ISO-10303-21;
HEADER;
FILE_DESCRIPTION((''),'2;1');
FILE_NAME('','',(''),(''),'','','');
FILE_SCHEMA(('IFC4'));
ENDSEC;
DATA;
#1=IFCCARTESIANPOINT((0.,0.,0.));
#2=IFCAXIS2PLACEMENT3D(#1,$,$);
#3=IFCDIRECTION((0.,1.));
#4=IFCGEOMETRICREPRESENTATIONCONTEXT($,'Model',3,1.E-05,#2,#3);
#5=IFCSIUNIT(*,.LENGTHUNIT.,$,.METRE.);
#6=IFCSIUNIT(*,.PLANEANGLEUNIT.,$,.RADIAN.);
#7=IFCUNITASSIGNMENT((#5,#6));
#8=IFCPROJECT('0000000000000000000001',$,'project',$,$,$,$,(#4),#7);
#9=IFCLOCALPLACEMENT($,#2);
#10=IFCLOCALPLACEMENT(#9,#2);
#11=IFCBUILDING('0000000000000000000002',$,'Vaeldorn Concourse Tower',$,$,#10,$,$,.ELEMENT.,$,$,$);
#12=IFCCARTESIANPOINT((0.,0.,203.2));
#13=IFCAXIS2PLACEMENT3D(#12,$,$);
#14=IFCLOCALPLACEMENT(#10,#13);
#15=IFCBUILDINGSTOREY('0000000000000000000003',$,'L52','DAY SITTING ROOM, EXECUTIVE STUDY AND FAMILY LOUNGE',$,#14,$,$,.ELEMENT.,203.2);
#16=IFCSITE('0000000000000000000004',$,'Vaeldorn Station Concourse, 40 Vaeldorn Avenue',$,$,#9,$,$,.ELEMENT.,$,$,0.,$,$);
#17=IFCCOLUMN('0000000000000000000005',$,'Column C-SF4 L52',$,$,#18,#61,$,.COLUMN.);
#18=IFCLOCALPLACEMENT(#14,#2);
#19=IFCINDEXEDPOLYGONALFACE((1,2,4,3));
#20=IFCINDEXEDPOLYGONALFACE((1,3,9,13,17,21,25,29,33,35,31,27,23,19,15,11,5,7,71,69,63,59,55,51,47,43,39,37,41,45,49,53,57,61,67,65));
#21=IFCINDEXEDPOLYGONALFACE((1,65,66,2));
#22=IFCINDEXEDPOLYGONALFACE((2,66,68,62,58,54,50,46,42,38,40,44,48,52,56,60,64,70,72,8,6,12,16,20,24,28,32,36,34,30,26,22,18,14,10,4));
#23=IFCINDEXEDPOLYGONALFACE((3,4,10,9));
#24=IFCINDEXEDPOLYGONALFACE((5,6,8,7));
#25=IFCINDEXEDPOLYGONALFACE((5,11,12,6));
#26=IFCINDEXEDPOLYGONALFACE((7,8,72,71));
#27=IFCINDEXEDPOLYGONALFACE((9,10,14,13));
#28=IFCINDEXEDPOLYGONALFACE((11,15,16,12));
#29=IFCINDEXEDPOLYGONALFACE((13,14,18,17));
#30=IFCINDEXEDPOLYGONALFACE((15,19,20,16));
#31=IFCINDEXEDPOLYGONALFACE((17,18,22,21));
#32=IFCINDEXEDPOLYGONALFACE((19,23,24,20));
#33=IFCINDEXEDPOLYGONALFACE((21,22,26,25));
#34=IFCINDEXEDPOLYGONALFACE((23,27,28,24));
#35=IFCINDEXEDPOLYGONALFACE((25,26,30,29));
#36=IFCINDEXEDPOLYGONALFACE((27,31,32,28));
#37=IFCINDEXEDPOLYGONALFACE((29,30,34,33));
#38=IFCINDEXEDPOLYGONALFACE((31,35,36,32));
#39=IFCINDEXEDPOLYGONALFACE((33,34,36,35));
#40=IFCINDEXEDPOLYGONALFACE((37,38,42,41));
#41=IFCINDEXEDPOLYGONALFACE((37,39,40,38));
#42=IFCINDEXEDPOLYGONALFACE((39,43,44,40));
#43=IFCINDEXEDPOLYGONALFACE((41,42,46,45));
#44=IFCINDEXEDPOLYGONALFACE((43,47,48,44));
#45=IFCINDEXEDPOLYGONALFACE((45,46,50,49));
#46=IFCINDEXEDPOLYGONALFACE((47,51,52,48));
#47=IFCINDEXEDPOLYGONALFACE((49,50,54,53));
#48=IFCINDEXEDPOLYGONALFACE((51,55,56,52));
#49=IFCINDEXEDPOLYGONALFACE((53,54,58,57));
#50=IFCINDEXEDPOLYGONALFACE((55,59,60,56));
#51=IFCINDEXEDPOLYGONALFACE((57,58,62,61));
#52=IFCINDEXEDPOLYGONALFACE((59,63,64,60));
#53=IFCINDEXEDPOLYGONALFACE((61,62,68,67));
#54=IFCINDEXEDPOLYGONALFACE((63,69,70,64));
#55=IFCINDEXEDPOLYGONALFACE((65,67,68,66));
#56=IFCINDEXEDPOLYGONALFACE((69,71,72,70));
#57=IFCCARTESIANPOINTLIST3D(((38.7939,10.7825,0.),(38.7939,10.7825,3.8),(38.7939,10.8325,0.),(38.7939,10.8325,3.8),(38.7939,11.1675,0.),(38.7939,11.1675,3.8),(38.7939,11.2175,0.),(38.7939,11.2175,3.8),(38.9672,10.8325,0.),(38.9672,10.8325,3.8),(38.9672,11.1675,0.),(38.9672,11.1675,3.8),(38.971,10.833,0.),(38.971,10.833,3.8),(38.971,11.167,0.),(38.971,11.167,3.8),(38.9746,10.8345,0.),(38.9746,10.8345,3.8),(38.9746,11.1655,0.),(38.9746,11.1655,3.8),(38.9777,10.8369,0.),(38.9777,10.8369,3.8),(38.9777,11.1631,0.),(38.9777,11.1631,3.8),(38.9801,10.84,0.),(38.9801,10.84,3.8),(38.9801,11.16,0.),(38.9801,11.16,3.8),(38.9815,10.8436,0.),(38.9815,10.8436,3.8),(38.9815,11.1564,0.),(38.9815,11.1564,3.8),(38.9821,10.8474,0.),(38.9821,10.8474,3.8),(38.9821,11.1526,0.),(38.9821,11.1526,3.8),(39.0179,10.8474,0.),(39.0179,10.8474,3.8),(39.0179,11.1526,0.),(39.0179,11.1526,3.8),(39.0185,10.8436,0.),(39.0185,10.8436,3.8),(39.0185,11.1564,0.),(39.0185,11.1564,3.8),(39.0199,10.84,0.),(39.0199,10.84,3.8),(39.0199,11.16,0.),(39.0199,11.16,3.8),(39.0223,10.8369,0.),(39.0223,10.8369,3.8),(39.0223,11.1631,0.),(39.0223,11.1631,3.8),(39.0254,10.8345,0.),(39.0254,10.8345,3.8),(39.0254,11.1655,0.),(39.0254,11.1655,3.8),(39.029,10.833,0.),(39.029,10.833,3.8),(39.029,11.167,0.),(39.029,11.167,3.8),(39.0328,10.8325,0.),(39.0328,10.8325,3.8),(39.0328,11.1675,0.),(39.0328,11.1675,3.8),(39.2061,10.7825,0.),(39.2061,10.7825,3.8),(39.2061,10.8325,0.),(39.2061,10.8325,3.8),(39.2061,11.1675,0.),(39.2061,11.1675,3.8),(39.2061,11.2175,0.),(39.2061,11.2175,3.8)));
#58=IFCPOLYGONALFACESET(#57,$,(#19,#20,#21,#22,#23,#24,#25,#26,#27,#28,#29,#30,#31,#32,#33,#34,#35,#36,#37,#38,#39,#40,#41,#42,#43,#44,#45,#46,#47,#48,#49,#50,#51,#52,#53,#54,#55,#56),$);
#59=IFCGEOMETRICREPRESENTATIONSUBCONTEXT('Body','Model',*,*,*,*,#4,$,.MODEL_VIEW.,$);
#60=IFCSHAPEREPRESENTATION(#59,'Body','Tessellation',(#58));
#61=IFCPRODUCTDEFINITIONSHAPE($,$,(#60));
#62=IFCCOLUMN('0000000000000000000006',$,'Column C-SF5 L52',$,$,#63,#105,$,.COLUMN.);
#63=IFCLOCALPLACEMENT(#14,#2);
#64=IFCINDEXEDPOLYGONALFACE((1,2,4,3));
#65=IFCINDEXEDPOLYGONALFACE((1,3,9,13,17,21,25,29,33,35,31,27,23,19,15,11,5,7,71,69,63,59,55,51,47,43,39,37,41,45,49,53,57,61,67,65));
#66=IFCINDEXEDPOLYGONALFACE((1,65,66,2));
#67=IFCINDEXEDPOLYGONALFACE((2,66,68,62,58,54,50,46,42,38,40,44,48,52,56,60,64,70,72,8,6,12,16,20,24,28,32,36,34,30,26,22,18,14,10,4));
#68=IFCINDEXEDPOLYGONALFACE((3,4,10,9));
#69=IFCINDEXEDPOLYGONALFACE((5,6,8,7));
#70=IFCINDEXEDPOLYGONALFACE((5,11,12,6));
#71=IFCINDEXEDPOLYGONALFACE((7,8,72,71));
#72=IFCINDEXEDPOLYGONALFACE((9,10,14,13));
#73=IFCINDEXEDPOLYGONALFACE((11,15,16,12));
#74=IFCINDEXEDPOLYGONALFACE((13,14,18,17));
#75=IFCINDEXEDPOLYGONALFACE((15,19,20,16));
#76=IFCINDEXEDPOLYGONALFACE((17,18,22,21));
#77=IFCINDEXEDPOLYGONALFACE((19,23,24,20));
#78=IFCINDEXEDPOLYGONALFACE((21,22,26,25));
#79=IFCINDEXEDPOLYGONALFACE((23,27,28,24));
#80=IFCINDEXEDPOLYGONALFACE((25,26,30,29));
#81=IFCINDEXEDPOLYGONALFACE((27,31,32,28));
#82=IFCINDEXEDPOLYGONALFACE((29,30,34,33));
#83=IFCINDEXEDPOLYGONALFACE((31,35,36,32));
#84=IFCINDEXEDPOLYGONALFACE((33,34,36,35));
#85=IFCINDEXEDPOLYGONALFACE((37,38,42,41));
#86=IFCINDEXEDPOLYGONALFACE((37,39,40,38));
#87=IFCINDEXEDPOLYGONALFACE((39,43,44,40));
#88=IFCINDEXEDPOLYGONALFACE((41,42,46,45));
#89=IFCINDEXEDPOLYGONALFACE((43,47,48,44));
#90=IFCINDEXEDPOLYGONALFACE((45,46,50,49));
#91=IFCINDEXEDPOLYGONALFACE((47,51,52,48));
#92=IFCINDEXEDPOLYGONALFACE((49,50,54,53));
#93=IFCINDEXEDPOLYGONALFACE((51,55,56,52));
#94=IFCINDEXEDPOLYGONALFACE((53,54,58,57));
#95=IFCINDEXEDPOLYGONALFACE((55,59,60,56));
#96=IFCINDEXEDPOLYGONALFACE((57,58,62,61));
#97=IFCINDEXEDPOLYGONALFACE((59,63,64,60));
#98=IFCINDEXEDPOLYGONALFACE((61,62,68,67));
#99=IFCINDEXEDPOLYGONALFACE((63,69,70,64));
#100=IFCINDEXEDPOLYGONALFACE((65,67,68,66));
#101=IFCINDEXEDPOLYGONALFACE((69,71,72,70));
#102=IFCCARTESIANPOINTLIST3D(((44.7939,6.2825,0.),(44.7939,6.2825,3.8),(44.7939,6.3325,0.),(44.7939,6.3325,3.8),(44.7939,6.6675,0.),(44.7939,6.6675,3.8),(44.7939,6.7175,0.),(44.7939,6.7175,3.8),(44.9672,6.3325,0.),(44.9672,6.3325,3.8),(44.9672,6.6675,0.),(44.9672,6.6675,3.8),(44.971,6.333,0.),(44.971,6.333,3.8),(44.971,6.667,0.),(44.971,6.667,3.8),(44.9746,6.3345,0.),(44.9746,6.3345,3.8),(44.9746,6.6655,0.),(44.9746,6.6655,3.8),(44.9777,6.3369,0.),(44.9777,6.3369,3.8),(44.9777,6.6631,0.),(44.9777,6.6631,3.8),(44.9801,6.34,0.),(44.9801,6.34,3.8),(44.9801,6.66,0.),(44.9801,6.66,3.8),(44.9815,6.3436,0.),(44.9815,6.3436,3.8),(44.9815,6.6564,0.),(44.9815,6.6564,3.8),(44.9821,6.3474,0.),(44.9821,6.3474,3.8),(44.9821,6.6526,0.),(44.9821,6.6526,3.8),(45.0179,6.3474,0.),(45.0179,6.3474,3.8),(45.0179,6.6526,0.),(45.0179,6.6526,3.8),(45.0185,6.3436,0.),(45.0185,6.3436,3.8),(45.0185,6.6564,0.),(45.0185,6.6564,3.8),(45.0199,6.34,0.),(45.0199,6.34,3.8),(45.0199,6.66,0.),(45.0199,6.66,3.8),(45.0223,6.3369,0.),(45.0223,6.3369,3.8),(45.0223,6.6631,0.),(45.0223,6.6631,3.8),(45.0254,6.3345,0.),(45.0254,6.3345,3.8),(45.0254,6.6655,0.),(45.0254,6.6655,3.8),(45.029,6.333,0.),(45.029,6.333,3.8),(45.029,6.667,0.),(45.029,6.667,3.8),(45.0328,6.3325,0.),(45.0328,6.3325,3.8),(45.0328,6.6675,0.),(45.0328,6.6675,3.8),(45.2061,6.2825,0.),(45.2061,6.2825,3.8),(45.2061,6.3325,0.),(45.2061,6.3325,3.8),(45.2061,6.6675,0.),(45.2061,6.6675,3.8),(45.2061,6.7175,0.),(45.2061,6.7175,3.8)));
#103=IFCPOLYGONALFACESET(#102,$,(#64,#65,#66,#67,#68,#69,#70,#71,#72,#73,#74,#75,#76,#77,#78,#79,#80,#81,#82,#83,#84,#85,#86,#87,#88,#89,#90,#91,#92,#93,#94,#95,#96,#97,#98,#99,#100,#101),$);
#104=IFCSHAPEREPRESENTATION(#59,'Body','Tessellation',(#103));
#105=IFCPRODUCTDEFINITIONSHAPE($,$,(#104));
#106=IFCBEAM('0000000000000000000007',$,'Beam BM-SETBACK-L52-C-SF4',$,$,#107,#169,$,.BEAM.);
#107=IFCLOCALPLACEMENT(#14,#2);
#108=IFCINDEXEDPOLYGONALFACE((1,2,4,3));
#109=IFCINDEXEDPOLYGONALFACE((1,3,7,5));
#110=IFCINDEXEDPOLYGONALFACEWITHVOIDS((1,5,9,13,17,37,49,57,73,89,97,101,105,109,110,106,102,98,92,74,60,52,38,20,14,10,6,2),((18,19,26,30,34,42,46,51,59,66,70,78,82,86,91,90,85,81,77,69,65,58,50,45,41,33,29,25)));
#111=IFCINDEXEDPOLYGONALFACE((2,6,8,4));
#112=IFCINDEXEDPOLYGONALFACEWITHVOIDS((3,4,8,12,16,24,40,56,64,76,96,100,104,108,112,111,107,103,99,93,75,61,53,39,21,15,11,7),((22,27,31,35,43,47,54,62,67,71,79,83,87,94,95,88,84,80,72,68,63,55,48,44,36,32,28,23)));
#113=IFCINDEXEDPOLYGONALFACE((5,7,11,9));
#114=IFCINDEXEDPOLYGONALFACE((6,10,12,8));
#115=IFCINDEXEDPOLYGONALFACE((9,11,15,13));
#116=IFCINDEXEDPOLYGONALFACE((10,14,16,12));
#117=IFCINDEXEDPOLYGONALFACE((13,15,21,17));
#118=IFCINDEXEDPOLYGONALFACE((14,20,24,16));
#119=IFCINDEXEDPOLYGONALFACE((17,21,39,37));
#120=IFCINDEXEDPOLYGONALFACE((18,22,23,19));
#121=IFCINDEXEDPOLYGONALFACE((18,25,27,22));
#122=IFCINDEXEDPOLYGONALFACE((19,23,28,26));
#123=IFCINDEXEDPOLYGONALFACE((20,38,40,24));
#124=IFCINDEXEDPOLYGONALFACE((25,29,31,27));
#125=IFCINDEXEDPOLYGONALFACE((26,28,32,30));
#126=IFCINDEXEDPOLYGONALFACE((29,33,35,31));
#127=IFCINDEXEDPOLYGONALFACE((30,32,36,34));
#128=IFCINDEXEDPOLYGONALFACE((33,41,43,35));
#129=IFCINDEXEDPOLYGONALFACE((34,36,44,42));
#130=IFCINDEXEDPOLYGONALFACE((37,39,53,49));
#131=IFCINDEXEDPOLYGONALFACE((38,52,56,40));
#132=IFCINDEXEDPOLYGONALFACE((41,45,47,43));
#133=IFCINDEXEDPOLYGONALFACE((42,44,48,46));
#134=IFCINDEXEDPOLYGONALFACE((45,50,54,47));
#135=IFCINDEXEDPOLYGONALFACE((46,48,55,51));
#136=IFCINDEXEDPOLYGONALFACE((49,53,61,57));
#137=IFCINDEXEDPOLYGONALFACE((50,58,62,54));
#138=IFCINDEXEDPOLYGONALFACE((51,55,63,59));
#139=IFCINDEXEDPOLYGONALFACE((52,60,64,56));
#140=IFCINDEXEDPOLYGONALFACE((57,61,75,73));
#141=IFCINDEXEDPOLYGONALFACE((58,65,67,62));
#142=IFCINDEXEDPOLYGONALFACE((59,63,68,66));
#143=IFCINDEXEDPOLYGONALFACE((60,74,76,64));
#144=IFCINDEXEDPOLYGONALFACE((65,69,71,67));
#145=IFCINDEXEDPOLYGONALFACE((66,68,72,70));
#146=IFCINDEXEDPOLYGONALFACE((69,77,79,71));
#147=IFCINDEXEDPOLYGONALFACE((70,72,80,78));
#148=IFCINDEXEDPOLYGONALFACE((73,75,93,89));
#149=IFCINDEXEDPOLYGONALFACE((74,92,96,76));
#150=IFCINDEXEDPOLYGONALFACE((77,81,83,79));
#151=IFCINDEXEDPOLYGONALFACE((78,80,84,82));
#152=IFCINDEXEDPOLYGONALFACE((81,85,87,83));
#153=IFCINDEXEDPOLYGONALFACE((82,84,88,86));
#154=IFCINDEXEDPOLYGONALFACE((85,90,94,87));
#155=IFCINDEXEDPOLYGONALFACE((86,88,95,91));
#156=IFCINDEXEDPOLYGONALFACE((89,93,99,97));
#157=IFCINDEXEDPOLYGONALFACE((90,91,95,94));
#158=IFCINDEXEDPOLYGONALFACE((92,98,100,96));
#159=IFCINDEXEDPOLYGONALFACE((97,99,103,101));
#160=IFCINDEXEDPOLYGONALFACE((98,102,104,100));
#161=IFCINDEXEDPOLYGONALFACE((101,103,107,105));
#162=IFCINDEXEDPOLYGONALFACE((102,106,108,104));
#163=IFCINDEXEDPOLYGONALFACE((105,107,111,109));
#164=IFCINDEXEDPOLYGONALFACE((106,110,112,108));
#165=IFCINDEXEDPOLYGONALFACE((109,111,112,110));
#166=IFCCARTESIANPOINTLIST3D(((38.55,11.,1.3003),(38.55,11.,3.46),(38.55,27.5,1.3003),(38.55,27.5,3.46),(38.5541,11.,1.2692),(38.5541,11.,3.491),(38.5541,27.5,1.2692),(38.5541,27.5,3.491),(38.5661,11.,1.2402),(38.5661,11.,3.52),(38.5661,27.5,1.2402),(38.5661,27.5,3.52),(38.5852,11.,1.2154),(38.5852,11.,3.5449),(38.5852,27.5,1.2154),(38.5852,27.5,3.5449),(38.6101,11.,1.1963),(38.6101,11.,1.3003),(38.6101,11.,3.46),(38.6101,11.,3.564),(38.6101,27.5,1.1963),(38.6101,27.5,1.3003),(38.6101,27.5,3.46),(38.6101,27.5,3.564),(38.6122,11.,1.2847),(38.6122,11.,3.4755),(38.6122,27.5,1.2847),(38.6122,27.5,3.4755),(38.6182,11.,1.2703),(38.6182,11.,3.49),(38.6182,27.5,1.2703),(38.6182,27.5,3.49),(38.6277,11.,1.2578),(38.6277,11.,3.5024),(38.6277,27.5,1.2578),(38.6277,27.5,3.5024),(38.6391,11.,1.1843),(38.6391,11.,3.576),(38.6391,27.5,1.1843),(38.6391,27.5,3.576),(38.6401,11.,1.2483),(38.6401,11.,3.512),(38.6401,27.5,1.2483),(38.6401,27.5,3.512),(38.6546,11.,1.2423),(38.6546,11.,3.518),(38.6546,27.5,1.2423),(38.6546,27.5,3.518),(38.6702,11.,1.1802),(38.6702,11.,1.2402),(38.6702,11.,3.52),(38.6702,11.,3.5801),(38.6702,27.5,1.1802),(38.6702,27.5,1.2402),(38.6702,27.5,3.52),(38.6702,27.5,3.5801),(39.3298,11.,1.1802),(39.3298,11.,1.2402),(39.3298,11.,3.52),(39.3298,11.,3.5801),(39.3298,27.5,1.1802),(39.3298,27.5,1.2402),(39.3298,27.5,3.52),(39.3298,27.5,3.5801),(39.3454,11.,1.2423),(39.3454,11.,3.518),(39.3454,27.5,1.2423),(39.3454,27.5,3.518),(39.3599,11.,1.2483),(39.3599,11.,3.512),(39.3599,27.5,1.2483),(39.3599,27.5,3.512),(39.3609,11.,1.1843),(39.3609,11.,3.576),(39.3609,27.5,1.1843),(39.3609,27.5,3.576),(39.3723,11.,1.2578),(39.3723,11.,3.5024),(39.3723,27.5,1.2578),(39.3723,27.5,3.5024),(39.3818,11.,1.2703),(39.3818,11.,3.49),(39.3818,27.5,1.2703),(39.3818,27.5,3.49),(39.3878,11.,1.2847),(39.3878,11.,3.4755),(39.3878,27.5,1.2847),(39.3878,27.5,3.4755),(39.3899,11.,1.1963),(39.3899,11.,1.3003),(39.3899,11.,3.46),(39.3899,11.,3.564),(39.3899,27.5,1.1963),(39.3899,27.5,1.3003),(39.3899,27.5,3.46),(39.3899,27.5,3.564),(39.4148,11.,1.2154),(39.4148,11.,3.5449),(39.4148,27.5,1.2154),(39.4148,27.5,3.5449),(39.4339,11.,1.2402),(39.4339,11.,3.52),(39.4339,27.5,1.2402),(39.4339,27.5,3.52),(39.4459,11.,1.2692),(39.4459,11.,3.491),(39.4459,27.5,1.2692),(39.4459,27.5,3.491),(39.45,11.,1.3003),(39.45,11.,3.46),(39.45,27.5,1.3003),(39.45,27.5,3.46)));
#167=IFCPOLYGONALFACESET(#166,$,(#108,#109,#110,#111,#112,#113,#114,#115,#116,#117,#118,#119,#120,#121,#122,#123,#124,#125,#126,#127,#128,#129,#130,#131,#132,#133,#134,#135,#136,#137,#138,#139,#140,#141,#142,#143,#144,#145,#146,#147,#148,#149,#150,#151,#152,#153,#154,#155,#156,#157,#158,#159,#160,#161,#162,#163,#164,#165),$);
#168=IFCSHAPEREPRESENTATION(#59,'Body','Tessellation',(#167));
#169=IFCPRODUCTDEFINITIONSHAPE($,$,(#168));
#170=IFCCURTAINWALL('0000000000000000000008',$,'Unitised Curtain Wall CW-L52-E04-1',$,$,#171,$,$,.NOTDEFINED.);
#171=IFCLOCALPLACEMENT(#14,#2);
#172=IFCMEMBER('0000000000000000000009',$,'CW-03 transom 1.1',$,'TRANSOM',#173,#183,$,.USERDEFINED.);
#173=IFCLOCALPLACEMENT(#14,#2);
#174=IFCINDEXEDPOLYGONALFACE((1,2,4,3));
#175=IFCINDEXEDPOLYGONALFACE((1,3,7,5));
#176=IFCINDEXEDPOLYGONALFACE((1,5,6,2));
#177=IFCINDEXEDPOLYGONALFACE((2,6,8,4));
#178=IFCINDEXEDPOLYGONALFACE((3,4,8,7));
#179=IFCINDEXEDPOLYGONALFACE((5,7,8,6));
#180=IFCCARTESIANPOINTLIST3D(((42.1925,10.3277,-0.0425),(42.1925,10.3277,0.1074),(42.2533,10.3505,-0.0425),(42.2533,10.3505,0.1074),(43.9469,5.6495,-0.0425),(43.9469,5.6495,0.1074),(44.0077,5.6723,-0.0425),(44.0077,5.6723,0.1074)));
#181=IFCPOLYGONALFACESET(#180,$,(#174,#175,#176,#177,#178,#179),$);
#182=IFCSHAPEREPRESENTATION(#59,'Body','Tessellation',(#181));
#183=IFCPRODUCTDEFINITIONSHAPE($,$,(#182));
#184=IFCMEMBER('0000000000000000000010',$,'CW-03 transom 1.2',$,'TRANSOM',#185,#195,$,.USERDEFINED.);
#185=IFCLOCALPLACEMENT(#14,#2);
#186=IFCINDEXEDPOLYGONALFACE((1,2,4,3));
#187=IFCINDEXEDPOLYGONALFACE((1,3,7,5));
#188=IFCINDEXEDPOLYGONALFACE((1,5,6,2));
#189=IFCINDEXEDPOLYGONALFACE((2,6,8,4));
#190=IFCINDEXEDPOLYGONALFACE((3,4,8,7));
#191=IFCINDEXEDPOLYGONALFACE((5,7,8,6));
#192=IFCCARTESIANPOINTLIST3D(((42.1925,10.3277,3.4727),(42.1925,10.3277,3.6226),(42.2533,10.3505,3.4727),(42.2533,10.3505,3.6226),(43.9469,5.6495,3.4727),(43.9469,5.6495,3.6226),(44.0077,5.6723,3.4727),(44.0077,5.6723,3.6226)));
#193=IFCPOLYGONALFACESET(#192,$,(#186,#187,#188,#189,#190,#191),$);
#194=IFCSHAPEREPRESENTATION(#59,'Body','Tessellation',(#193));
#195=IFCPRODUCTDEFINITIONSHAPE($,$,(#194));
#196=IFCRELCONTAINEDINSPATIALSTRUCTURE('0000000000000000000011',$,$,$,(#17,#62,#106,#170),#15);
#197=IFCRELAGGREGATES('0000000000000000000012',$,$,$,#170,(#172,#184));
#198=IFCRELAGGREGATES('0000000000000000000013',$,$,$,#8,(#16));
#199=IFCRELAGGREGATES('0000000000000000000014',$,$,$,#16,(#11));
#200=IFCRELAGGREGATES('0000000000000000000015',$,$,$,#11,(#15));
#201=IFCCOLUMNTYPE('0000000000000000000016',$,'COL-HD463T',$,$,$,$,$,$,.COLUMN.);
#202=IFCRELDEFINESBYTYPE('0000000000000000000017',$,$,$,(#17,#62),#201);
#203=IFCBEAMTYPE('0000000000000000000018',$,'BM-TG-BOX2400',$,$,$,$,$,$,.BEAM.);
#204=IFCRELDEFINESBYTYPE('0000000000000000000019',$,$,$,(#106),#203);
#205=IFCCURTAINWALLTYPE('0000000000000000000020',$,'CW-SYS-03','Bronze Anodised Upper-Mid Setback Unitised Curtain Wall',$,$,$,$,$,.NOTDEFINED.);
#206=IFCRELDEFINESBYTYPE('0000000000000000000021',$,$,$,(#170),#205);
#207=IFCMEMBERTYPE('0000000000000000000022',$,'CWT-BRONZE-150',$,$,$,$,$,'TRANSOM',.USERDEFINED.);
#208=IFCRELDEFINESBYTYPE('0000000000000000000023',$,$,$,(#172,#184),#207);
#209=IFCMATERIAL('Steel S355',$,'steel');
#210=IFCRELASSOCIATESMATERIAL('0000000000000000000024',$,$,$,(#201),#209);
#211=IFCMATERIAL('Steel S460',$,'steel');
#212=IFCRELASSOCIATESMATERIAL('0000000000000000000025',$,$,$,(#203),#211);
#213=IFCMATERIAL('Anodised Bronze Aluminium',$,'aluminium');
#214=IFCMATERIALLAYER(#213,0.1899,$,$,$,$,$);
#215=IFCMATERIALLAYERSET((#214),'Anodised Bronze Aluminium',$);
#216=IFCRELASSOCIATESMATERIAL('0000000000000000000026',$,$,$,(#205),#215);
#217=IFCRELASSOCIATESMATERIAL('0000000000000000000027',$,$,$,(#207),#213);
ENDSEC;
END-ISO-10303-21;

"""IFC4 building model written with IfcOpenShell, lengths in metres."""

from ifc_helpers import new_model, si_unit, direction, frame, origin, origin_2d, place, context, subcontext, project, spatial, rectangle, hollow_rectangle, i_section, extrude, source, transform, mapped, material, layer, layer_set, material_profile, profile_set, type_object, element, aggregate, save


model = new_model("IFC4")

# Units and contexts
model_context = context("Model", 3, precision=1e-05, world=origin(), true_north=direction((0.0, 1.0)))
body_context = subcontext(model_context, "Body", "Model", "MODEL_VIEW")
ifc_project = project(units=[si_unit("LENGTHUNIT", "METRE"), si_unit("PLANEANGLEUNIT", "RADIAN")], contexts=[model_context])

# Site, building, storey
site_placement = place(None, origin())
site = spatial("IfcSite", under=ifc_project, at=site_placement, Name="Vaeldorn Station Concourse, 40 Vaeldorn Avenue", CompositionType="ELEMENT", RefElevation=0.0)
building_placement = place(site_placement, origin())
building = spatial("IfcBuilding", under=site, at=building_placement, Name="Vaeldorn Concourse Tower", CompositionType="ELEMENT")
storey_placement = place(building_placement, frame((0.0, 0.0, 203.2)))
storey = spatial("IfcBuildingStorey", under=building, at=storey_placement, Name="L52", Description="DAY SITTING ROOM, EXECUTIVE STUDY AND FAMILY LOUNGE", CompositionType="ELEMENT", Elevation=203.2)

# Columns
ifc_material_1 = material(Name="Steel S355", Category="steel")
ifc_material_profile_1 = material_profile(ifc_material_1, i_section(OverallWidth=0.4121, OverallDepth=0.4351, WebThickness=0.0359, FlangeThickness=0.05, FilletRadius=0.0149, at=origin_2d()), Name="HD 400x463")
ifc_profile_set_1 = profile_set([ifc_material_profile_1], Name="Steel S355")
column_type = type_object("IfcColumnType", Name="COL-HD463T", PredefinedType="COLUMN", material=ifc_profile_set_1)
shared_shape_1 = source(origin(), body_context, "Body", "SweptSolid", [
    extrude(i_section(OverallWidth=0.4121, OverallDepth=0.4351, WebThickness=0.0359, FlangeThickness=0.05, FilletRadius=0.0149, at=origin_2d()), origin(), (0.0, 0.0, 1.0), 3.8),
])
for number, where, z_axis, x_axis, name in (
    (1, (39.0, 11.0, 0.0), (0.0, 0.0, 1.0), (1.0, 0.0, 0.0), "Column C-SF4 L52"),
    (2, (45.0, 6.5, 0.0), (0.0, 0.0, 1.0), (1.0, 0.0, 0.0), "Column C-SF5 L52"),
):
    element("IfcColumn", number, at=place(storey_placement, frame(where, z_axis=z_axis, x_axis=x_axis)), inside=storey, type_object=column_type, Name=name, PredefinedType="COLUMN", context=body_context, shape_type="MappedRepresentation", body=[
        mapped(shared_shape_1, transform((0.0, 0.0, 0.0), scale=1.0)),
    ])

# Beam
ifc_material_2 = material(Name="Steel S460", Category="steel")
ifc_material_profile_2 = material_profile(ifc_material_2, hollow_rectangle(XDim=0.8999, YDim=2.3999, WallThickness=0.0601, InnerFilletRadius=0.0601, OuterFilletRadius=0.1201, at=origin_2d()), Name="RHS 2400x900x60")
ifc_profile_set_2 = profile_set([ifc_material_profile_2], Name="Steel S460")
beam_type = type_object("IfcBeamType", Name="BM-TG-BOX2400", PredefinedType="BEAM", material=ifc_profile_set_2)
shared_shape_2 = source(origin(), body_context, "Body", "SweptSolid", [
    extrude(hollow_rectangle(XDim=0.8999, YDim=2.3999, WallThickness=0.0601, InnerFilletRadius=0.0601, OuterFilletRadius=0.1201, at=origin_2d()), origin(), (0.0, 0.0, 1.0), 16.5),
])
beam_placement = place(storey_placement, frame((39.0, 11.0, 2.3801), z_axis=(0.0, 1.0, 0.0), x_axis=(-1.0, 0.0, 0.0)))
element("IfcBeam", 3, at=beam_placement, inside=storey, type_object=beam_type, Name="Beam BM-SETBACK-L52-C-SF4", PredefinedType="BEAM", context=body_context, shape_type="MappedRepresentation", body=[
    mapped(shared_shape_2, transform((0.0, 0.0, 0.0), scale=1.0)),
])

# Curtain wall, members
ifc_material_3 = material(Name="Anodised Bronze Aluminium", Category="aluminium")
ifc_layer_1 = layer(ifc_material_3, 0.1899)
ifc_layer_set_1 = layer_set([ifc_layer_1], Name="Anodised Bronze Aluminium")
curtain_wall_type = type_object("IfcCurtainWallType", Name="CW-SYS-03", Description="Bronze Anodised Upper-Mid Setback Unitised Curtain Wall", PredefinedType="NOTDEFINED", material=ifc_layer_set_1)
curtain_wall_1_placement = place(storey_placement, origin())
curtain_wall_1 = element("IfcCurtainWall", 4, at=curtain_wall_1_placement, inside=storey, type_object=curtain_wall_type, Name="Unitised Curtain Wall CW-L52-E04-1", PredefinedType="NOTDEFINED")
ifc_material_profile_3 = material_profile(ifc_material_3, rectangle(XDim=0.0649, YDim=0.1499, at=origin_2d()), Name="CWT 65x150")
ifc_profile_set_3 = profile_set([ifc_material_profile_3], Name="Anodised Bronze Aluminium")
member_type_1 = type_object("IfcMemberType", Name="CWT-BRONZE-150", ElementType="TRANSOM", PredefinedType="USERDEFINED", material=ifc_profile_set_3)
shared_shape_3 = source(origin(), body_context, "Body", "SweptSolid", [
    extrude(rectangle(XDim=0.0649, YDim=0.1499, at=origin_2d()), origin(), (0.0, 0.0, 1.0), 4.9963),
])
member_1_placement = place(storey_placement, frame((42.2229, 10.3391, 0.0325), z_axis=(0.351134, -0.936325, 0.0), x_axis=(0.936325, 0.351134, 0.0)))
member_1 = element("IfcMember", 5, at=member_1_placement, type_object=member_type_1, Name="CW-03 transom 1.1", ObjectType="TRANSOM", PredefinedType="USERDEFINED", context=body_context, shape_type="MappedRepresentation", body=[
    mapped(shared_shape_3, transform((0.0, 0.0, 0.0), scale=1.0)),
])
member_2_placement = place(storey_placement, frame((42.2229, 10.3391, 3.5476), z_axis=(0.351134, -0.936325, 0.0), x_axis=(0.936325, 0.351134, 0.0)))
member_2 = element("IfcMember", 6, at=member_2_placement, type_object=member_type_1, Name="CW-03 transom 1.2", ObjectType="TRANSOM", PredefinedType="USERDEFINED", context=body_context, shape_type="MappedRepresentation", body=[
    mapped(shared_shape_3, transform((0.0, 0.0, 0.0), scale=1.0)),
])

aggregate(curtain_wall_1, [member_1, member_2])

save(model, "model.ifc")
